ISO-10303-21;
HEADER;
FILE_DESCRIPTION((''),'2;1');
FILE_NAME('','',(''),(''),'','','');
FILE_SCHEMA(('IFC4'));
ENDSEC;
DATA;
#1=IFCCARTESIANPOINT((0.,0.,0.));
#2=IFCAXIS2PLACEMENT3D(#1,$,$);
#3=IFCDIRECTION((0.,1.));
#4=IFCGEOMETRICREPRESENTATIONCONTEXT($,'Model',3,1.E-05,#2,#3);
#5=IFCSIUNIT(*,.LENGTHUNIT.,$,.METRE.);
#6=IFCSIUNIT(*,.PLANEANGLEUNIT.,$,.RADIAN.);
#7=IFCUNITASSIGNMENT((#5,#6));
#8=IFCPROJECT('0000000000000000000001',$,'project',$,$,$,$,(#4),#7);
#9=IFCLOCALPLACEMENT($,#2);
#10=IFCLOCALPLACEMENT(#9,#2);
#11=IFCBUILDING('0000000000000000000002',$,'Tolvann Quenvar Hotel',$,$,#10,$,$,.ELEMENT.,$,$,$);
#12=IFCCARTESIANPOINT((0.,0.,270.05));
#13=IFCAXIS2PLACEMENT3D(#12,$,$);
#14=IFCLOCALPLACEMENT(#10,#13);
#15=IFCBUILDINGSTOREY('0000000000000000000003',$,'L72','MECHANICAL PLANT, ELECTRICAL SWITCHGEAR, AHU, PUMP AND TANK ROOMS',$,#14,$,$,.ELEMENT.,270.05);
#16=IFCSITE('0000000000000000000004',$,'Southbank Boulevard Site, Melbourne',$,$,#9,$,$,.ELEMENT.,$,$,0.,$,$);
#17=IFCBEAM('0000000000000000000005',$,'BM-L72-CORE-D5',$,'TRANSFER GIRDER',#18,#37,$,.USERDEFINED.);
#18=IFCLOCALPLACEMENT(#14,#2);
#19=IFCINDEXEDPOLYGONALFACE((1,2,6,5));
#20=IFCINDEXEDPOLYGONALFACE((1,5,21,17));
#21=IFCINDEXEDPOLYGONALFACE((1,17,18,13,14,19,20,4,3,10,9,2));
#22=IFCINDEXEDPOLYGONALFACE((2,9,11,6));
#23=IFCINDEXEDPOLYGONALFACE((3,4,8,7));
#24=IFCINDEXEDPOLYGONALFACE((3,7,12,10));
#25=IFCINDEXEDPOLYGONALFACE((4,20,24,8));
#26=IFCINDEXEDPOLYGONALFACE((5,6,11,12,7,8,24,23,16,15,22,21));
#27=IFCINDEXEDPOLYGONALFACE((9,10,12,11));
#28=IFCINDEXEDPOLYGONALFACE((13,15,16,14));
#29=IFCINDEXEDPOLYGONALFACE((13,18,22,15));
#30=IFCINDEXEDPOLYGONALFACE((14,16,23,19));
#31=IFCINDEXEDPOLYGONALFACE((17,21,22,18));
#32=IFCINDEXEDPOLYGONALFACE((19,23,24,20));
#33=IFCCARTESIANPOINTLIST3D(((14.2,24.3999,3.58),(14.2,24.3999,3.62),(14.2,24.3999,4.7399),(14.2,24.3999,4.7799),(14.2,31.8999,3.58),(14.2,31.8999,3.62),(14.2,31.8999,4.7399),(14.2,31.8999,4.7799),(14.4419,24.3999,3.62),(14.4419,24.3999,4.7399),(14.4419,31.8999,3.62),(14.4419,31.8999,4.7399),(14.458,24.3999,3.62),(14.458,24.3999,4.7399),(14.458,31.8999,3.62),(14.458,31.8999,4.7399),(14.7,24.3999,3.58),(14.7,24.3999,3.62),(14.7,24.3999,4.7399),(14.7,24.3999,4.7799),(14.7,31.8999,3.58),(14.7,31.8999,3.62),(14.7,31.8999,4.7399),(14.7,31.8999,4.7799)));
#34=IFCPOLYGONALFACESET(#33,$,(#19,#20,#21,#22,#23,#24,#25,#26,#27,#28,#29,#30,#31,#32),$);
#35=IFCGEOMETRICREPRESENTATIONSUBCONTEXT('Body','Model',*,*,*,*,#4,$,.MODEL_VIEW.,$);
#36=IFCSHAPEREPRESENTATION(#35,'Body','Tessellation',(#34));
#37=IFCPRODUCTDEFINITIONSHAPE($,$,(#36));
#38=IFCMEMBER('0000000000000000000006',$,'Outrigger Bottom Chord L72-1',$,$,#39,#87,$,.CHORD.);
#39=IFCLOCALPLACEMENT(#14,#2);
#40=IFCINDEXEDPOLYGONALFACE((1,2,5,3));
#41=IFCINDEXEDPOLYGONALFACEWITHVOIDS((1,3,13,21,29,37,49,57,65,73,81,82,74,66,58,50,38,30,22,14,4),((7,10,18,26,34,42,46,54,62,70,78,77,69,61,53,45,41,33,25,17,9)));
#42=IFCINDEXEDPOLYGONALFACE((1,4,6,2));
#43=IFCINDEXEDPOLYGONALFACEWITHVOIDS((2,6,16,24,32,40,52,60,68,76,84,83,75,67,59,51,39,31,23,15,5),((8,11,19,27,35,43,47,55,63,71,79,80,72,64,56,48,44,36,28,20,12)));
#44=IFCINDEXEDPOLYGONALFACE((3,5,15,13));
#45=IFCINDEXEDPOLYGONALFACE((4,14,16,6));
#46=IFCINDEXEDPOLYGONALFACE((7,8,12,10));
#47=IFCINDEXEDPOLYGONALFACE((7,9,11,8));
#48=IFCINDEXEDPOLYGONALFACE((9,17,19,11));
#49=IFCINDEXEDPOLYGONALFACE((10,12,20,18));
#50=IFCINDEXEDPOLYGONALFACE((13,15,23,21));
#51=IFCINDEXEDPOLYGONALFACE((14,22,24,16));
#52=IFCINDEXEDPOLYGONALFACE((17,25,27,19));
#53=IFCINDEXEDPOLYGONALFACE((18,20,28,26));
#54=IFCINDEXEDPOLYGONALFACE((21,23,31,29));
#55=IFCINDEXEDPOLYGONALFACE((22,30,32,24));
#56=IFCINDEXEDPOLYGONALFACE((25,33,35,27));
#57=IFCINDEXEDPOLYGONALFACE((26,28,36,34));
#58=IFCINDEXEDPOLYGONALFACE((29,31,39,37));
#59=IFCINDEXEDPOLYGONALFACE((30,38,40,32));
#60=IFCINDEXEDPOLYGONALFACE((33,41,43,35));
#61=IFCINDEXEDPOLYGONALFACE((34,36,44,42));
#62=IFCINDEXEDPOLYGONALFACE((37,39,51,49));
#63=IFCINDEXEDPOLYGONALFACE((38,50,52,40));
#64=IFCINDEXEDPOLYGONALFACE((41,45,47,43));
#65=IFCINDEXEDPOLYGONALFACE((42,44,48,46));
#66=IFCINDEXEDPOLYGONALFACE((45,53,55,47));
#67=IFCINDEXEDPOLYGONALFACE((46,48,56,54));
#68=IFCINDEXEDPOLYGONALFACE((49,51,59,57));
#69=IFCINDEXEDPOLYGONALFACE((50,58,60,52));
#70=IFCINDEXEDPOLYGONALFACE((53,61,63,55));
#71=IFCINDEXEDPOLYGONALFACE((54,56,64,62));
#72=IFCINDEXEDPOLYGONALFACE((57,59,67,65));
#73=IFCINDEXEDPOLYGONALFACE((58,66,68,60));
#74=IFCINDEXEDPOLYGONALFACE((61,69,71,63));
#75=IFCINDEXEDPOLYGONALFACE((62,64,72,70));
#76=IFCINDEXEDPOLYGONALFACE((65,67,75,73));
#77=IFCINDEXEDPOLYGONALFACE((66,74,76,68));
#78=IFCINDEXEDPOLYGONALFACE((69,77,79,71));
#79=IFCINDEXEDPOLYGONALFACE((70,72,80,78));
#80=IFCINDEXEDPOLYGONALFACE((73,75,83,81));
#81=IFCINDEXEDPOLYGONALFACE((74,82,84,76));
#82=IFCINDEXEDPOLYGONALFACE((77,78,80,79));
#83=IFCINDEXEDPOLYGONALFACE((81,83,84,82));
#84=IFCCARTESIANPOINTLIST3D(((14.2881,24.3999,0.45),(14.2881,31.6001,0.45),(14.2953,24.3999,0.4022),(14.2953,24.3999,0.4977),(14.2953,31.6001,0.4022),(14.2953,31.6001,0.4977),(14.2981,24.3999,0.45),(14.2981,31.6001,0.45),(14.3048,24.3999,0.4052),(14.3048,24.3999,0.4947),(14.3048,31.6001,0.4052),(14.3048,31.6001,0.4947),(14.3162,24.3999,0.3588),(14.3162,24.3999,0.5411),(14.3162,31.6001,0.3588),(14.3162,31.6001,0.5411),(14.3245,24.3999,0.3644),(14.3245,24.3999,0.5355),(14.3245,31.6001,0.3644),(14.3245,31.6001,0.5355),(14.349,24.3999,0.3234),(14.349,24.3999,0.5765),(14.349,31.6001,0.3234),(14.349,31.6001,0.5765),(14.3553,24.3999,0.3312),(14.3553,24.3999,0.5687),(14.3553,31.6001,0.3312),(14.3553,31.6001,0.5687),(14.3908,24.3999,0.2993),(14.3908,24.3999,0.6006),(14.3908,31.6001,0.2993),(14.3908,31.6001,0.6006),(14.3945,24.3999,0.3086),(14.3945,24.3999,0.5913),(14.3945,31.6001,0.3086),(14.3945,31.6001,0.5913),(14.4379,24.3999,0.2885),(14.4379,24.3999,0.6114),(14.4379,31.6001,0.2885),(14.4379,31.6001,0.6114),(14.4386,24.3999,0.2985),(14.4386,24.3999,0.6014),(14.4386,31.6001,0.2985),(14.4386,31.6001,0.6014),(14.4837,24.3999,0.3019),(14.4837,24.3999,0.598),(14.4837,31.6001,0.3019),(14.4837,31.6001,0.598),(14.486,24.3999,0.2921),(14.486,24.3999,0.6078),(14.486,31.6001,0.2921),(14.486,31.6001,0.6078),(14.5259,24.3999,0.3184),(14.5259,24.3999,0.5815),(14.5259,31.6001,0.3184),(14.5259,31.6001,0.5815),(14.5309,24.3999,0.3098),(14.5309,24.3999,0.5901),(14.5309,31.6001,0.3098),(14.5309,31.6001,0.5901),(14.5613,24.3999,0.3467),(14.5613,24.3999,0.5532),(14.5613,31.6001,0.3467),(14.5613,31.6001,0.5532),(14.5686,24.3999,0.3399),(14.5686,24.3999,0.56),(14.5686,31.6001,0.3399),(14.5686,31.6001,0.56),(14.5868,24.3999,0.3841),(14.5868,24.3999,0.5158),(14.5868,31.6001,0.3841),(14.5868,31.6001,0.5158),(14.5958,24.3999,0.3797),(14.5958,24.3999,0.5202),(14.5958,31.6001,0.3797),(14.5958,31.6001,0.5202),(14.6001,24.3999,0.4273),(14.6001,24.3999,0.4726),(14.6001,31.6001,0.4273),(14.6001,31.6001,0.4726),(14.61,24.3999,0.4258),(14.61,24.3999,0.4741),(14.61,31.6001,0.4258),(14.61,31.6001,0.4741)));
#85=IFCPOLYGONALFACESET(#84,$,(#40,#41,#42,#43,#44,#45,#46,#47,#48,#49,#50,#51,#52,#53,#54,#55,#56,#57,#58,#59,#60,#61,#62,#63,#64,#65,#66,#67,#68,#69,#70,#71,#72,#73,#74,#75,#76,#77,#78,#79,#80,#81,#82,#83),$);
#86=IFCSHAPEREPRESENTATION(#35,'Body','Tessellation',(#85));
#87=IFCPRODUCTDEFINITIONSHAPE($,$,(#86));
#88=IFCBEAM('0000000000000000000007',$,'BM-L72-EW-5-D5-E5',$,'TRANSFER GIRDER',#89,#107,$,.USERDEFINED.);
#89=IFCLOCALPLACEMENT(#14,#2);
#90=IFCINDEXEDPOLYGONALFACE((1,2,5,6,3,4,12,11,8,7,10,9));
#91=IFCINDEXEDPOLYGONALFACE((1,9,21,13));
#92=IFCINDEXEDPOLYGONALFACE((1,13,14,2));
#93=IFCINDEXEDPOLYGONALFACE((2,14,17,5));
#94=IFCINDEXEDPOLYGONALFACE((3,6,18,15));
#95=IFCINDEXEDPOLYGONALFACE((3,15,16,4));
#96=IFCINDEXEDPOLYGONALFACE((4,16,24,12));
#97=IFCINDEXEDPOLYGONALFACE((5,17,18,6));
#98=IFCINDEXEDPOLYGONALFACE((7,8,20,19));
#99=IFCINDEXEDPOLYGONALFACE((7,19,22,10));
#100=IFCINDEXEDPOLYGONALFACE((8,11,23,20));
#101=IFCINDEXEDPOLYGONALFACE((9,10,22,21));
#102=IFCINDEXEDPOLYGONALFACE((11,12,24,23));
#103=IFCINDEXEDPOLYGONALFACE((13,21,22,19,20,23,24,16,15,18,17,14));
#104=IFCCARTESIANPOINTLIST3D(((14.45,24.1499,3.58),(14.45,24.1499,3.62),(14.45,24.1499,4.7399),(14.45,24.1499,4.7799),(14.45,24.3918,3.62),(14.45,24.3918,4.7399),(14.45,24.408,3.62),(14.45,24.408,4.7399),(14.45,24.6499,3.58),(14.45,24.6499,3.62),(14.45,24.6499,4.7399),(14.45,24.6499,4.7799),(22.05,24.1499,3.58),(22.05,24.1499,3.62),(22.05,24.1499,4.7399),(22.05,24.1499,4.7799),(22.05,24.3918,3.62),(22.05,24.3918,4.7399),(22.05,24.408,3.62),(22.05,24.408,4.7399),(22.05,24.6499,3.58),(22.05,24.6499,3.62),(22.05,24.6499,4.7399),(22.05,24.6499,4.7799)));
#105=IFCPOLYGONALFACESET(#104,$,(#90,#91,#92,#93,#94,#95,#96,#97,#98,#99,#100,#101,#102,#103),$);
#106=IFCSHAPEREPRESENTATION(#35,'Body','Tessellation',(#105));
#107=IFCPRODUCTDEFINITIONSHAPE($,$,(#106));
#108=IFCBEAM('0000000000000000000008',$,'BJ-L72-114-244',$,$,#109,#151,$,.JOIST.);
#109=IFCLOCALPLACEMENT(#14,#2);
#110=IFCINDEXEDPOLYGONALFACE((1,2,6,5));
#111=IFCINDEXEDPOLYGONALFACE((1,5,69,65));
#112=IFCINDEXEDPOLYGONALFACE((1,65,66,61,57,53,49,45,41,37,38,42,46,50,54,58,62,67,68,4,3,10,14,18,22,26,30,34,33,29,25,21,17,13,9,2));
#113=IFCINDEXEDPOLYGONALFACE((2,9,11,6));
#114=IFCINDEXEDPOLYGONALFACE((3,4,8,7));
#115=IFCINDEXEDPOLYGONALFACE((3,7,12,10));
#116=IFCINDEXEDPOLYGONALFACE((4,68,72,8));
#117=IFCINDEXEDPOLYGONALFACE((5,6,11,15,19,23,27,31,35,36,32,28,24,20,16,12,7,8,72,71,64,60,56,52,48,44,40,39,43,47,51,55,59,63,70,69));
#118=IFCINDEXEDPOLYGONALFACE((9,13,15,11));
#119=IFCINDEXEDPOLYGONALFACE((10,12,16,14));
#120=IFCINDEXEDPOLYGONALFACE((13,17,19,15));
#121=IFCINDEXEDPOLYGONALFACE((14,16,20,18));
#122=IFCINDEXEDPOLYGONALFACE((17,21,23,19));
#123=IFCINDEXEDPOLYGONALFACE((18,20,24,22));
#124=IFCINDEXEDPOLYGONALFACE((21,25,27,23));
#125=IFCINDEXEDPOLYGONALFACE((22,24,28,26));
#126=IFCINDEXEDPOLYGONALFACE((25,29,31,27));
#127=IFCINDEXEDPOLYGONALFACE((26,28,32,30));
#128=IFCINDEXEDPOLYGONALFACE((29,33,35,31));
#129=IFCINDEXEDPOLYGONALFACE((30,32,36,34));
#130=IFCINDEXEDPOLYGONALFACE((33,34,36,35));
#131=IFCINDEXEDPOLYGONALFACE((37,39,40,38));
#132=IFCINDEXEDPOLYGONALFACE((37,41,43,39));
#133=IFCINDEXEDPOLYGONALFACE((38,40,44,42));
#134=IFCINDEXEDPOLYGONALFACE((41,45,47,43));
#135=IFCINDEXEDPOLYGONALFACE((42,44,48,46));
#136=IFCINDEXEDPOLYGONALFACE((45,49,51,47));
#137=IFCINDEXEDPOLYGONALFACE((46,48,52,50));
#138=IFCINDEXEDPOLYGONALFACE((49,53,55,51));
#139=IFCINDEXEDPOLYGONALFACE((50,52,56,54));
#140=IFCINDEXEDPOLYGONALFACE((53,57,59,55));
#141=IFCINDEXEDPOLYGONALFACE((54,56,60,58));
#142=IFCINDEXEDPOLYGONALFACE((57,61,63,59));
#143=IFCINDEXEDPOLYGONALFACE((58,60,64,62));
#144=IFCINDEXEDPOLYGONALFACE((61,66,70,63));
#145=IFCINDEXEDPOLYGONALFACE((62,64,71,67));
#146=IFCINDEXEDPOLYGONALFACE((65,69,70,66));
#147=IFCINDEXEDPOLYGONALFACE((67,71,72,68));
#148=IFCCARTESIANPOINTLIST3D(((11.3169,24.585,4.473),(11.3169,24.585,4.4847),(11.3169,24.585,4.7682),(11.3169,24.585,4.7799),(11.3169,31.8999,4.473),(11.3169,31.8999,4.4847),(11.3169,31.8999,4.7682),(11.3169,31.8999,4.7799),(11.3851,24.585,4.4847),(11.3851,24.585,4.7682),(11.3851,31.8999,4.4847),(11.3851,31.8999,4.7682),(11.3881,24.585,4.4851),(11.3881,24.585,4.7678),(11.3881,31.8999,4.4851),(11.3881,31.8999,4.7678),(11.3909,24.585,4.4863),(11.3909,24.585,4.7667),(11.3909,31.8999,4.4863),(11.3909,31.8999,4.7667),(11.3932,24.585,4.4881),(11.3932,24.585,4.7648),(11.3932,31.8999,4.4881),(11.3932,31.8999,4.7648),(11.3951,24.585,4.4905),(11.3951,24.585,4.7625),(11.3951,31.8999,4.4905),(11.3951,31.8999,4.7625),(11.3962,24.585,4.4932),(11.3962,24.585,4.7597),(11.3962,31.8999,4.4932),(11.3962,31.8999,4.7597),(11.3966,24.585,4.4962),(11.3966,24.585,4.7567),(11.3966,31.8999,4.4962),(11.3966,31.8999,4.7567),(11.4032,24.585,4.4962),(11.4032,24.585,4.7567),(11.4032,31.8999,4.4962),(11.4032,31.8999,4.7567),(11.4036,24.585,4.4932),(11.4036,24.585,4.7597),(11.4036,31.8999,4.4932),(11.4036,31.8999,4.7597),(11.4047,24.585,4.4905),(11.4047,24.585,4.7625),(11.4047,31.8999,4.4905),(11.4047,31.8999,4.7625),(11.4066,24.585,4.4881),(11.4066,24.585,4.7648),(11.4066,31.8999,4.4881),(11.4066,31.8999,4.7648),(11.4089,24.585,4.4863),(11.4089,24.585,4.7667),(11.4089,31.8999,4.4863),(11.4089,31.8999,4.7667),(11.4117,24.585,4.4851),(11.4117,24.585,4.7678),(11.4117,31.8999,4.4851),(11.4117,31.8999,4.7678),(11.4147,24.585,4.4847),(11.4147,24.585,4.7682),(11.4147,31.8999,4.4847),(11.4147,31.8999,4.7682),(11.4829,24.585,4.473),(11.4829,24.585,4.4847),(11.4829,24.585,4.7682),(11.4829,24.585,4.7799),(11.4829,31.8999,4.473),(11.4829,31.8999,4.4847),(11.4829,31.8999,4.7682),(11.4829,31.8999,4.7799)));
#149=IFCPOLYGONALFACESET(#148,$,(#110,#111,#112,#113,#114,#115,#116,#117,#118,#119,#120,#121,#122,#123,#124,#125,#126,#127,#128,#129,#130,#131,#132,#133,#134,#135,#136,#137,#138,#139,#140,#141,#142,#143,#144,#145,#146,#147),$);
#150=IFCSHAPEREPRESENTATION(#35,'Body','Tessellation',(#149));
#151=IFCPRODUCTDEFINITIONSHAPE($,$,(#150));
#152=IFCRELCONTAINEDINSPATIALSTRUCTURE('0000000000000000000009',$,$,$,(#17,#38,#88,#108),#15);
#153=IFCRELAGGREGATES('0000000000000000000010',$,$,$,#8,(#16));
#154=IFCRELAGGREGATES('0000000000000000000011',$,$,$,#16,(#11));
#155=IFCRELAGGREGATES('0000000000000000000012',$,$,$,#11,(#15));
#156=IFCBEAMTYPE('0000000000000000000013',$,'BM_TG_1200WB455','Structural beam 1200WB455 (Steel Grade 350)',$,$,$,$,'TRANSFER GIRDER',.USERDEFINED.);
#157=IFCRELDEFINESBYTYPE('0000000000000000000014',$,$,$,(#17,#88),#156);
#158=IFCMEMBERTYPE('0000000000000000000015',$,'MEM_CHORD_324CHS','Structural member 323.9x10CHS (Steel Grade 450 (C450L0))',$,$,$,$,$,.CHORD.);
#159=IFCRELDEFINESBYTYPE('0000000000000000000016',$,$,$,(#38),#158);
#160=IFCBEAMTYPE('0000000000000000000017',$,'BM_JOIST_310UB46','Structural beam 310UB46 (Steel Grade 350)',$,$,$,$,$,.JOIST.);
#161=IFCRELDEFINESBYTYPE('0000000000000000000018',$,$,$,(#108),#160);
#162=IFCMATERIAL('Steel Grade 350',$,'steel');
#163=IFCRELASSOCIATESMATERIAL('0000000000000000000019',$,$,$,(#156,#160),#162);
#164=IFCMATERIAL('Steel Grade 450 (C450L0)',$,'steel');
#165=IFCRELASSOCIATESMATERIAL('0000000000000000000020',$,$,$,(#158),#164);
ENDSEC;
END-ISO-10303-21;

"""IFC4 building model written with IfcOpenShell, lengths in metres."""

from ifc_helpers import new_model, si_unit, direction, frame, origin, origin_2d, place, context, subcontext, project, spatial, hollow_circle, i_section, extrude, source, transform, mapped, material, material_profile, profile_set, type_object, type_shapes, element, save


model = new_model("IFC4")

# Units and contexts
model_context = context("Model", 3, precision=1e-05, world=origin(), true_north=direction((0.0, 1.0)))
body_context = subcontext(model_context, "Body", "Model", "MODEL_VIEW")
ifc_project = project(units=[si_unit("LENGTHUNIT", "METRE"), si_unit("PLANEANGLEUNIT", "RADIAN")], contexts=[model_context])

# Site, building, storey
site_placement = place(None, origin())
site = spatial("IfcSite", under=ifc_project, at=site_placement, Name="Southbank Boulevard Site, Melbourne", CompositionType="ELEMENT", RefElevation=0.0)
building_placement = place(site_placement, origin())
building = spatial("IfcBuilding", under=site, at=building_placement, Name="Tolvann Quenvar Hotel", CompositionType="ELEMENT")
storey_placement = place(building_placement, frame((0.0, 0.0, 270.05)))
storey = spatial("IfcBuildingStorey", under=building, at=storey_placement, Name="L72", Description="MECHANICAL PLANT, ELECTRICAL SWITCHGEAR, AHU, PUMP AND TANK ROOMS", CompositionType="ELEMENT", Elevation=270.05)

# Beam
ifc_material_1 = material(Name="Steel Grade 350", Category="steel")
ifc_material_profile_1 = material_profile(ifc_material_1, i_section(OverallWidth=0.5, OverallDepth=1.2, WebThickness=0.0161, FlangeThickness=0.04, at=origin_2d()), Name="1200WB455")
ifc_profile_set_1 = profile_set([ifc_material_profile_1], Name="Steel Grade 350")
beam_type_1 = type_object("IfcBeamType", Name="BM_TG_1200WB455", Description="Structural beam 1200WB455 (Steel Grade 350)", ElementType="TRANSFER GIRDER", PredefinedType="USERDEFINED", material=ifc_profile_set_1)
shared_shape_1 = source(origin(), body_context, "Body", "SweptSolid", [
    extrude(i_section(OverallWidth=0.5, OverallDepth=1.2, WebThickness=0.0161, FlangeThickness=0.04, at=origin_2d()), origin(), (0.0, 0.0, 1.0), 7.5),
])
beam_1_placement = place(storey_placement, frame((14.45, 24.3999, 4.1799), z_axis=(0.0, 1.0, 0.0), x_axis=(-1.0, 0.0, 0.0)))
element("IfcBeam", 1, at=beam_1_placement, inside=storey, type_object=beam_type_1, Name="BM-L72-CORE-D5", ObjectType="TRANSFER GIRDER", PredefinedType="USERDEFINED", context=body_context, shape_type="MappedRepresentation", body=[
    mapped(shared_shape_1, transform((0.0, 0.0, 0.0), x_axis=(1.0, 0.0, 0.0), y_axis=(0.0, 1.0, 0.0), z_axis=(0.0, 0.0, 1.0), scale=1.0)),
])

# Member
ifc_material_2 = material(Name="Steel Grade 450 (C450L0)", Category="steel")
ifc_material_profile_2 = material_profile(ifc_material_2, hollow_circle(Radius=0.1619, WallThickness=0.01, at=origin_2d()), Name="323.9x10CHS")
ifc_profile_set_2 = profile_set([ifc_material_profile_2], Name="Steel Grade 450 (C450L0)")
member_type_1 = type_object("IfcMemberType", Name="MEM_CHORD_324CHS", Description="Structural member 323.9x10CHS (Steel Grade 450 (C450L0))", PredefinedType="CHORD", material=ifc_profile_set_2)
shared_shape_2 = source(origin(), body_context, "Body", "SweptSolid", [
    extrude(hollow_circle(Radius=0.1619, WallThickness=0.01, at=origin_2d()), origin(), (0.0, 0.0, 1.0), 7.2002),
])
type_shapes(member_type_1, [shared_shape_2])
member_1_placement = place(storey_placement, frame((14.45, 24.3999, 0.45), z_axis=(0.0, 1.0, 0.0), x_axis=(-1.0, 0.0, 0.0)))
element("IfcMember", 2, at=member_1_placement, inside=storey, type_object=member_type_1, Name="Outrigger Bottom Chord L72-1", PredefinedType="CHORD", context=body_context, shape_type="MappedRepresentation", body=[
    mapped(shared_shape_2, transform((0.0, 0.0, 0.0), x_axis=(1.0, 0.0, 0.0), y_axis=(0.0, 1.0, 0.0), z_axis=(0.0, 0.0, 1.0), scale=1.0)),
])

# Beams
shared_shape_3 = source(origin(), body_context, "Body", "SweptSolid", [
    extrude(i_section(OverallWidth=0.5, OverallDepth=1.2, WebThickness=0.0161, FlangeThickness=0.04, at=origin_2d()), origin(), (0.0, 0.0, 1.0), 7.6001),
])
type_shapes(beam_type_1, [shared_shape_1, shared_shape_3])
beam_2_placement = place(storey_placement, frame((14.45, 24.3999, 4.1799), z_axis=(1.0, 0.0, 0.0), x_axis=(0.0, 1.0, 0.0)))
element("IfcBeam", 3, at=beam_2_placement, inside=storey, type_object=beam_type_1, Name="BM-L72-EW-5-D5-E5", ObjectType="TRANSFER GIRDER", PredefinedType="USERDEFINED", context=body_context, shape_type="MappedRepresentation", body=[
    mapped(shared_shape_3, transform((0.0, 0.0, 0.0), x_axis=(1.0, 0.0, 0.0), y_axis=(0.0, 1.0, 0.0), z_axis=(0.0, 0.0, 1.0), scale=1.0)),
])
ifc_material_profile_3 = material_profile(ifc_material_1, i_section(OverallWidth=0.166, OverallDepth=0.3069, WebThickness=0.0066, FlangeThickness=0.0117, FilletRadius=0.0115, at=origin_2d()), Name="310UB46")
ifc_profile_set_3 = profile_set([ifc_material_profile_3], Name="Steel Grade 350")
beam_type_2 = type_object("IfcBeamType", Name="BM_JOIST_310UB46", Description="Structural beam 310UB46 (Steel Grade 350)", PredefinedType="JOIST", material=ifc_profile_set_3)
shared_shape_4 = source(origin(), body_context, "Body", "SweptSolid", [
    extrude(i_section(OverallWidth=0.166, OverallDepth=0.3069, WebThickness=0.0066, FlangeThickness=0.0117, FilletRadius=0.0115, at=origin_2d()), origin(), (0.0, 0.0, 1.0), 7.3149),
])
type_shapes(beam_type_2, [shared_shape_4])
beam_3_placement = place(storey_placement, frame((11.3999, 24.585, 4.6265), z_axis=(0.0, 1.0, 0.0), x_axis=(-1.0, 0.0, 0.0)))
element("IfcBeam", 4, at=beam_3_placement, inside=storey, type_object=beam_type_2, Name="BJ-L72-114-244", PredefinedType="JOIST", context=body_context, shape_type="MappedRepresentation", body=[
    mapped(shared_shape_4, transform((0.0, 0.0, 0.0), x_axis=(1.0, 0.0, 0.0), y_axis=(0.0, 1.0, 0.0), z_axis=(0.0, 0.0, 1.0), scale=1.0)),
])

save(model, "model.ifc")
